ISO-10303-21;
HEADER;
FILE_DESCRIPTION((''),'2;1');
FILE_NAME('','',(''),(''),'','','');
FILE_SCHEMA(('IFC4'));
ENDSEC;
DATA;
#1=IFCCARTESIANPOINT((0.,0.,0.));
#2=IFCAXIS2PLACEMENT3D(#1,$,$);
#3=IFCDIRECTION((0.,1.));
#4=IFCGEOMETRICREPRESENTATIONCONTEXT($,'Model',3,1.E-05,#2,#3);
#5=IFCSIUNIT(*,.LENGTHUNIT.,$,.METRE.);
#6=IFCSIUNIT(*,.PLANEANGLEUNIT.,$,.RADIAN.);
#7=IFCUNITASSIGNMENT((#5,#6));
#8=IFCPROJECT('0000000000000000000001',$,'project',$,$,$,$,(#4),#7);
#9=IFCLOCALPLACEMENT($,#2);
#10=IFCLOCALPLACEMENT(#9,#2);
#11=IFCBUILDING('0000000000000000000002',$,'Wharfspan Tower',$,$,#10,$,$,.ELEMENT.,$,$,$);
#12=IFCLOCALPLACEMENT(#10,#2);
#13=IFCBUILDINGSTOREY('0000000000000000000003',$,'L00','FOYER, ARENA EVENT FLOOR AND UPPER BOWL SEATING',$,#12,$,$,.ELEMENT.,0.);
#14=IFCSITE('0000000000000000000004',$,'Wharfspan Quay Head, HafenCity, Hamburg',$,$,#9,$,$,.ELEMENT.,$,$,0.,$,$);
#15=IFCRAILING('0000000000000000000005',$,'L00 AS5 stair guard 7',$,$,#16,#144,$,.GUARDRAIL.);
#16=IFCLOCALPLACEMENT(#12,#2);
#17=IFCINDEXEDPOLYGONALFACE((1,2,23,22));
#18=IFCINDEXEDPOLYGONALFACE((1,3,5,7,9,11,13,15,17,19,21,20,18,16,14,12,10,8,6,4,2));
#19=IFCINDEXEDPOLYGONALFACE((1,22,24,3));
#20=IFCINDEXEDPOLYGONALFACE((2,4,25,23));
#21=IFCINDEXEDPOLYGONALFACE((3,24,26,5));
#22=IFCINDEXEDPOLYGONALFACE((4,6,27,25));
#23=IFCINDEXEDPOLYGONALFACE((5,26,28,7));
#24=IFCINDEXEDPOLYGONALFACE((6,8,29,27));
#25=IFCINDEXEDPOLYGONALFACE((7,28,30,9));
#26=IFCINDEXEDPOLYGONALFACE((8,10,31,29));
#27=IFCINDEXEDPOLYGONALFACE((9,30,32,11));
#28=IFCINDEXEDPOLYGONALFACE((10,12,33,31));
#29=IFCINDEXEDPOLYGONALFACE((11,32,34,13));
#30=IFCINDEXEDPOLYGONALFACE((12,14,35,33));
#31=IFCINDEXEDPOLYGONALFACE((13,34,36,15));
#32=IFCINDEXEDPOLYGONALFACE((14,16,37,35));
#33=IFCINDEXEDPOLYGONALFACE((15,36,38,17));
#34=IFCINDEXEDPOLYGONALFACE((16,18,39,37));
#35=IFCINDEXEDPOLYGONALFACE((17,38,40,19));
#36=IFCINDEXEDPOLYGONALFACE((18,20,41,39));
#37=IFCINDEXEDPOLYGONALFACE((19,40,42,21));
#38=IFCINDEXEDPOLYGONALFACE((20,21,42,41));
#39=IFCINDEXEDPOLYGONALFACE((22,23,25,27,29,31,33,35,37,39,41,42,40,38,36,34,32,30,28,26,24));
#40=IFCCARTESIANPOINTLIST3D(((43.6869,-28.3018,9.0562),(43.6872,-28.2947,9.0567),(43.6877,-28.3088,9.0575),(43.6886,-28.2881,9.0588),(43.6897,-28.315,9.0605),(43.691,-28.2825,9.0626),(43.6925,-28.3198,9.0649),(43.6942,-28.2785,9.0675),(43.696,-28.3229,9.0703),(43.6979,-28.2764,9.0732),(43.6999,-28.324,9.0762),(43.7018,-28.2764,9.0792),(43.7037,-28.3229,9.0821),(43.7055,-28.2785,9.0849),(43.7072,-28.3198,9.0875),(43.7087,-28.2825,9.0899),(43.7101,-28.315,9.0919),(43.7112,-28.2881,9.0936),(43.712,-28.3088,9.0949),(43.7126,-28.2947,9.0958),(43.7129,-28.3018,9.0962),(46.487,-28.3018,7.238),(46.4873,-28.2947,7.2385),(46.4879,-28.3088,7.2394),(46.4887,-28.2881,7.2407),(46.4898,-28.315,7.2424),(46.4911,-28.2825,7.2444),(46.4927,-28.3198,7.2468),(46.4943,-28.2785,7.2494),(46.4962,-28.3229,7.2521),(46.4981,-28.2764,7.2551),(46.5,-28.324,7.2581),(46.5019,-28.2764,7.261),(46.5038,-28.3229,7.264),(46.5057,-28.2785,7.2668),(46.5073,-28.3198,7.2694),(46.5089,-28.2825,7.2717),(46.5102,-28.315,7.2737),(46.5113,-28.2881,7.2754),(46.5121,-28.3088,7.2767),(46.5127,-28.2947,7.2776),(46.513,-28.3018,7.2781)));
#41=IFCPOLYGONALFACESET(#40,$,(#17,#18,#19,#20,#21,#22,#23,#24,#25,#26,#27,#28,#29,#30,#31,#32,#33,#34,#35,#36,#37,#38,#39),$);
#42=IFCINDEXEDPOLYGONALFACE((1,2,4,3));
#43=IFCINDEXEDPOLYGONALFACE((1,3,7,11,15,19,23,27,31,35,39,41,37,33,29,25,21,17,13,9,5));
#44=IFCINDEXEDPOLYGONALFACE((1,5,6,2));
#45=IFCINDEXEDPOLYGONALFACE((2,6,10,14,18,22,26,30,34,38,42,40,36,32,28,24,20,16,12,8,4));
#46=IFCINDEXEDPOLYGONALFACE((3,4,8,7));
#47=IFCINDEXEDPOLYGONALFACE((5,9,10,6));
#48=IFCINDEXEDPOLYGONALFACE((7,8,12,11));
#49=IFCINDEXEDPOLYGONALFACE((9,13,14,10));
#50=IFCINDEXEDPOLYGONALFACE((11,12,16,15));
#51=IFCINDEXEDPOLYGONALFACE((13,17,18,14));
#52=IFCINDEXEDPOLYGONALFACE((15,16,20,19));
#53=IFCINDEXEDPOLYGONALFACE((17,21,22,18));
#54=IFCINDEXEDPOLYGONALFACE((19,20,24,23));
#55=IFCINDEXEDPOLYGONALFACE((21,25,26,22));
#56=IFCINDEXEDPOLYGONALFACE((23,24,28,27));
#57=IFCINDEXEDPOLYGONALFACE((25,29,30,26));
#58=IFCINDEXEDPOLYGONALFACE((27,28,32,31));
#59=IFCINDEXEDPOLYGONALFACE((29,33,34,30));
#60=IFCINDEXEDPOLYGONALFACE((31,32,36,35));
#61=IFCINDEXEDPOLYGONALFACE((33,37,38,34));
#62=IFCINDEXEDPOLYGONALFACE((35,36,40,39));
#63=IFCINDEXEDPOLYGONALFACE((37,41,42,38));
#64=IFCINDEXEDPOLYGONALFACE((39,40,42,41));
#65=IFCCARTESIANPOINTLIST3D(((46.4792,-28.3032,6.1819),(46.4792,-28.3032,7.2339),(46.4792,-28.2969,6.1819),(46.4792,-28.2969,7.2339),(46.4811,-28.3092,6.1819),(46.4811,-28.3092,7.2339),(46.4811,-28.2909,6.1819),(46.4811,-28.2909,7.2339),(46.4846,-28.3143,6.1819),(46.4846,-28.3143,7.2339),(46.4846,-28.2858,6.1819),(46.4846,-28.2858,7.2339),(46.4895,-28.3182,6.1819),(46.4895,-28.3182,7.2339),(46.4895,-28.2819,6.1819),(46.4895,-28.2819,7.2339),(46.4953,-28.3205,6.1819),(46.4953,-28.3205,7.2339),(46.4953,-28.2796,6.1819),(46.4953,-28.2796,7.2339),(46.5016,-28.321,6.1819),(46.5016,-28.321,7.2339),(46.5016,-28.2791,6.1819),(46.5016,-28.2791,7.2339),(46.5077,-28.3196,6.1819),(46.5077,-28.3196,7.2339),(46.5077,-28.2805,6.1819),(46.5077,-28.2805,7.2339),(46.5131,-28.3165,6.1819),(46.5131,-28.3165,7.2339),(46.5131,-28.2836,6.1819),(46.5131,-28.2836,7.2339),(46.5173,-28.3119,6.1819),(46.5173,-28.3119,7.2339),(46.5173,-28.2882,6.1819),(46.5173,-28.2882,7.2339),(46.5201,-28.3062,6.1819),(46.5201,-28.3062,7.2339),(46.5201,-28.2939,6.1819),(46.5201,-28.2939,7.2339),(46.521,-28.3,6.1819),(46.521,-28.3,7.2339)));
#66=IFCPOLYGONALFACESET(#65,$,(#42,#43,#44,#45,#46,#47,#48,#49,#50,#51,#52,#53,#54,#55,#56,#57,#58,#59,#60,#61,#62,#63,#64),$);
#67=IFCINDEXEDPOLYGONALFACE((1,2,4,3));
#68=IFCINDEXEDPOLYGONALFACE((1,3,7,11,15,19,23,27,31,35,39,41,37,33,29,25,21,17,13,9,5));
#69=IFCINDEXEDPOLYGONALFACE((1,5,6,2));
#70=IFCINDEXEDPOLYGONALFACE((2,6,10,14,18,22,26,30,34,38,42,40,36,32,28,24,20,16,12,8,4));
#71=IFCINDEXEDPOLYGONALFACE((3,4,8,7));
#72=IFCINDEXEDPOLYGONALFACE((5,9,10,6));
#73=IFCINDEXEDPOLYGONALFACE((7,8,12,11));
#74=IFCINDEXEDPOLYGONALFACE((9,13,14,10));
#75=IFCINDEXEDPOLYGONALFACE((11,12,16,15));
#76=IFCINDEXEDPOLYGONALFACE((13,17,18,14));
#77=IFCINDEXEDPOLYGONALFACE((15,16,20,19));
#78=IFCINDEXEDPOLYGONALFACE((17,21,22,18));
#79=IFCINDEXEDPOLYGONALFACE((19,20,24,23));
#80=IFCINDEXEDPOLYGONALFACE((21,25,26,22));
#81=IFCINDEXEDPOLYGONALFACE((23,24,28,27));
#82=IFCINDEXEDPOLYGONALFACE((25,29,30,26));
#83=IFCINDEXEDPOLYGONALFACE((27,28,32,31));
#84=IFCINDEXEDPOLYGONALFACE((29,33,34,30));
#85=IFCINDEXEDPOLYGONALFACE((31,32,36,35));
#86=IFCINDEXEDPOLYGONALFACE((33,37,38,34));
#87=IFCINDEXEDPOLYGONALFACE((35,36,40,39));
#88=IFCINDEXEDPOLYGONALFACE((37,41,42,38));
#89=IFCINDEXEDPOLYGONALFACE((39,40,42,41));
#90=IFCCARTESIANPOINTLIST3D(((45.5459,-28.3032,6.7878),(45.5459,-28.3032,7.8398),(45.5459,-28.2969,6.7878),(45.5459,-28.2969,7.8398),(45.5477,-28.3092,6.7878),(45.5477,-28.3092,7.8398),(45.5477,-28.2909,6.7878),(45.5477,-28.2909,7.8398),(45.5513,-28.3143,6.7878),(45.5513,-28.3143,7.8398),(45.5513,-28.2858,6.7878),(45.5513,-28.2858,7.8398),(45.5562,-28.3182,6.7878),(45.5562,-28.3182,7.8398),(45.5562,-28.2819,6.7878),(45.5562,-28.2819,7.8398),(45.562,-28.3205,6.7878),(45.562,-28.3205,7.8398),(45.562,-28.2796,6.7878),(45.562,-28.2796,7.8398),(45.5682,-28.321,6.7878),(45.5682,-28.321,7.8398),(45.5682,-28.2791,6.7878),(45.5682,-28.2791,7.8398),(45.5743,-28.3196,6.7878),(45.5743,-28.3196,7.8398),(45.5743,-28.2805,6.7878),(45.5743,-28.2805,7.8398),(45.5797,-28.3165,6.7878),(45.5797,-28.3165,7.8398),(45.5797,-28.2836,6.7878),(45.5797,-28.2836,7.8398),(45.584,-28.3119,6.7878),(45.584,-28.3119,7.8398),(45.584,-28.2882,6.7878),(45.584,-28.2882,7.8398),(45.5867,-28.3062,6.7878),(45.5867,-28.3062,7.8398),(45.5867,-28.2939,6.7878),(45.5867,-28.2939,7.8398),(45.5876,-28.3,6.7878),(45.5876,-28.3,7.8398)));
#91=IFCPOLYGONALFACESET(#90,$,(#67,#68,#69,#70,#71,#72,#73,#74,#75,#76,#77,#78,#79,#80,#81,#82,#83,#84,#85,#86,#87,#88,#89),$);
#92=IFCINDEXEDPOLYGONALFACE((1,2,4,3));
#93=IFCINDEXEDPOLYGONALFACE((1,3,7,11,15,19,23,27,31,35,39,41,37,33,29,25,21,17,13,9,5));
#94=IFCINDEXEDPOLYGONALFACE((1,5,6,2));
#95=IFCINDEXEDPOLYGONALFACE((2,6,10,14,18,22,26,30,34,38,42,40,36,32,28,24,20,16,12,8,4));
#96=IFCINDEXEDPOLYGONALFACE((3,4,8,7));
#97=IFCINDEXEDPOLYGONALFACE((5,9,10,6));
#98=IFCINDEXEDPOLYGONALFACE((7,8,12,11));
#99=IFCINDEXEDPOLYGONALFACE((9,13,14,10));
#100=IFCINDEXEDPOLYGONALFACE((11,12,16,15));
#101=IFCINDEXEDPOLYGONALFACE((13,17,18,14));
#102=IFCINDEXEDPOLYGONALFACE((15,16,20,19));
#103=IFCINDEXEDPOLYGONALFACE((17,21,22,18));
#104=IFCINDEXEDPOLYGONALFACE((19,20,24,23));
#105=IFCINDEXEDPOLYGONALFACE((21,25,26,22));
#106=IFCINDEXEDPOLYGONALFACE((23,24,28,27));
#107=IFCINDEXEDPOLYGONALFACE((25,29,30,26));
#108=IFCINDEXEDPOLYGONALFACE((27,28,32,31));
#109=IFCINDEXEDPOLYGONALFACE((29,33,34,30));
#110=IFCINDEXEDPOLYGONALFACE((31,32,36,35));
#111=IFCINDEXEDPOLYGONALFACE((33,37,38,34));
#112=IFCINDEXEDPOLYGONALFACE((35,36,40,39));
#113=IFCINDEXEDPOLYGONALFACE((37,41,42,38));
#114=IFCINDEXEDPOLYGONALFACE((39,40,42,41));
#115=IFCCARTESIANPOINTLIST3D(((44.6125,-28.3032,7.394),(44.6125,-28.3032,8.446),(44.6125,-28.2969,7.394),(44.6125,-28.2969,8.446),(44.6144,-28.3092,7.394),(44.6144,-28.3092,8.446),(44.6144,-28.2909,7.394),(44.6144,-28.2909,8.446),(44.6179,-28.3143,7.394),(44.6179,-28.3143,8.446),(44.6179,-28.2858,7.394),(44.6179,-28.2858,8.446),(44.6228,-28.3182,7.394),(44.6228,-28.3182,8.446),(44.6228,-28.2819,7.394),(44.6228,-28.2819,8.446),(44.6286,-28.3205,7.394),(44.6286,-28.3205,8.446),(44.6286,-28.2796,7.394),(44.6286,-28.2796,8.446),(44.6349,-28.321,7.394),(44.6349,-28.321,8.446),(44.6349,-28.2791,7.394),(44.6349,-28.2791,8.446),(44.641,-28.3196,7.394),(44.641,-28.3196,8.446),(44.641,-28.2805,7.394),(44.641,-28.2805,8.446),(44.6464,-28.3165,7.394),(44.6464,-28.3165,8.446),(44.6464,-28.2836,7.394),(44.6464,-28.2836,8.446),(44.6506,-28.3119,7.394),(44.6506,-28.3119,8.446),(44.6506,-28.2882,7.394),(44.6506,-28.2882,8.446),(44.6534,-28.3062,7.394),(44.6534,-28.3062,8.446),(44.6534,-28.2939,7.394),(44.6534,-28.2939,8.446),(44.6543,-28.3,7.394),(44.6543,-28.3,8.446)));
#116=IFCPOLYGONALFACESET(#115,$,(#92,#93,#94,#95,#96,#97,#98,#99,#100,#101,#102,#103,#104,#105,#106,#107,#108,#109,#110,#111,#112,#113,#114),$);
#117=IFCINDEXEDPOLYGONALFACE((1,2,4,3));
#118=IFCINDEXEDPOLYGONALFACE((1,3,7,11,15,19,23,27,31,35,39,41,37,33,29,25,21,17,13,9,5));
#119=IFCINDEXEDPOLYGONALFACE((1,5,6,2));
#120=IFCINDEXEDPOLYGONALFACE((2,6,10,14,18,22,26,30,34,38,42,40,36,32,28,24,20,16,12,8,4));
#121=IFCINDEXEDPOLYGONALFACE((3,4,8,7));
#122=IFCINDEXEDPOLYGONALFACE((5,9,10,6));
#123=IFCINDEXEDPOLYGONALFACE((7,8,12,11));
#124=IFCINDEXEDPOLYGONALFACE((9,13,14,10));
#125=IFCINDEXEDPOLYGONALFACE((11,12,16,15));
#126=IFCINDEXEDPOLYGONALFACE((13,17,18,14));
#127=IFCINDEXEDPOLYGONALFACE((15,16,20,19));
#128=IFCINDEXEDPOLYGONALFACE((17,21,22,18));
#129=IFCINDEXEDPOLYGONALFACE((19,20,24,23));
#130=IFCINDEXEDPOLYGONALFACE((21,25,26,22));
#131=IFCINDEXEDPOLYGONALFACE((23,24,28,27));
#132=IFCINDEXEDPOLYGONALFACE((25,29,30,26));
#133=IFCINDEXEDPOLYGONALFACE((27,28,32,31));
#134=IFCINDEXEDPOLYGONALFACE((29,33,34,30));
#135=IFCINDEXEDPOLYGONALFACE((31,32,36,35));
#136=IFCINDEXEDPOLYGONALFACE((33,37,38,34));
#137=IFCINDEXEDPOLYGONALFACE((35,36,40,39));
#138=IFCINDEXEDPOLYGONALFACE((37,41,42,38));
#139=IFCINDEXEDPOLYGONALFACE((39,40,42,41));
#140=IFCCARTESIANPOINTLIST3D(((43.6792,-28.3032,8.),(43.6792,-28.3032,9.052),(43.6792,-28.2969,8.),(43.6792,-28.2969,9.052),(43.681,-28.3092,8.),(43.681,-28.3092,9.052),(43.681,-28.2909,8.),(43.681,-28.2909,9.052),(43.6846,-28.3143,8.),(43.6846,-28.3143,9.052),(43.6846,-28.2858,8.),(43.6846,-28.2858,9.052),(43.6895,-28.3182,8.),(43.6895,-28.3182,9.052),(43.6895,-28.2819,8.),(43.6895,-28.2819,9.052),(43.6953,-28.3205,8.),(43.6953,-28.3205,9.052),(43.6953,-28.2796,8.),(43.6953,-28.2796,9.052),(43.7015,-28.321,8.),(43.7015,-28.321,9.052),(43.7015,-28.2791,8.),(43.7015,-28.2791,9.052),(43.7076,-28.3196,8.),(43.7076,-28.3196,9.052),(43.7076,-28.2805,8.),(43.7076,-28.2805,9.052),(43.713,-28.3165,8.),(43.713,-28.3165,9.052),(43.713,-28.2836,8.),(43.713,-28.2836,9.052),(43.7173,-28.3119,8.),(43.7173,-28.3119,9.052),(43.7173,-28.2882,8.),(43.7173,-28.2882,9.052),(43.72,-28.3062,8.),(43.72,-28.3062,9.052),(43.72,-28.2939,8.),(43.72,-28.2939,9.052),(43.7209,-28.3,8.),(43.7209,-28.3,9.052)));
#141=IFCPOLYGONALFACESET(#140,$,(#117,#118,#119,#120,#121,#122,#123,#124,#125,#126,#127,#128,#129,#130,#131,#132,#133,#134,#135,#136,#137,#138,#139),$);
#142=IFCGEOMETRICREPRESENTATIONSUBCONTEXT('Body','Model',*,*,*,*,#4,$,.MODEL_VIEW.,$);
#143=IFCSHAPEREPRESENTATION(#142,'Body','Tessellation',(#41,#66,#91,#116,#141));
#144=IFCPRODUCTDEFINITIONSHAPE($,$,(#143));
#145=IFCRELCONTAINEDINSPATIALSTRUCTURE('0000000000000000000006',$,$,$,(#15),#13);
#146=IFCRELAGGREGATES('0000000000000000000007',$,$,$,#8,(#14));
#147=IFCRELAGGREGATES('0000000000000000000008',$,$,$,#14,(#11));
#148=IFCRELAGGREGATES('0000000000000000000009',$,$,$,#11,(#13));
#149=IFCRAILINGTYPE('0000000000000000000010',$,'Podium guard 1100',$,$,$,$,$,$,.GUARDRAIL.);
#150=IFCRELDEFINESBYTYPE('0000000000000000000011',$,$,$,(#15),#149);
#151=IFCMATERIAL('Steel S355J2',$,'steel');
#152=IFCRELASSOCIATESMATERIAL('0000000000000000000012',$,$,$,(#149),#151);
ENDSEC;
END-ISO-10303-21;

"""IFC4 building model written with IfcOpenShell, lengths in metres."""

from ifc_helpers import new_model, si_unit, direction, frame, origin, origin_2d, place, context, subcontext, project, spatial, circle, extrude, material, type_object, element, save


model = new_model("IFC4")

# Units and contexts
model_context = context("Model", 3, precision=1e-05, world=origin(), true_north=direction((0.0, 1.0)))
body_context = subcontext(model_context, "Body", "Model", "MODEL_VIEW")
ifc_project = project(units=[si_unit("LENGTHUNIT", "METRE"), si_unit("PLANEANGLEUNIT", "RADIAN")], contexts=[model_context])

# Site, building, storey
site_placement = place(None, origin())
site = spatial("IfcSite", under=ifc_project, at=site_placement, Name="Wharfspan Quay Head, HafenCity, Hamburg", CompositionType="ELEMENT", RefElevation=0.0)
building_placement = place(site_placement, origin())
building = spatial("IfcBuilding", under=site, at=building_placement, Name="Wharfspan Tower", CompositionType="ELEMENT")
storey_placement = place(building_placement, origin())
storey = spatial("IfcBuildingStorey", under=building, at=storey_placement, Name="L00", Description="FOYER, ARENA EVENT FLOOR AND UPPER BOWL SEATING", CompositionType="ELEMENT", Elevation=0.0)

# Railing
ifc_material_1 = material(Name="Steel S355J2", Category="steel")
railing_type_1 = type_object("IfcRailingType", Name="Podium guard 1100", PredefinedType="GUARDRAIL", material=ifc_material_1)
railing_1_placement = place(storey_placement, frame((46.5, -28.3, 6.1819)))
element("IfcRailing", 1, at=railing_1_placement, inside=storey, type_object=railing_type_1, Name="L00 AS5 stair guard 7", PredefinedType="GUARDRAIL", context=body_context, shape_type="SweptSolid", body=[
    extrude(circle(Radius=0.0239, at=origin_2d()), frame((0.0, 0.0, 1.0762), z_axis=(-0.838706, 0.0, 0.544585), x_axis=(0.0, -1.0, 0.0)), (0.0, 0.0, 1.0), 3.3386),
    extrude(circle(Radius=0.021, at=origin_2d()), origin(), (0.0, 0.0, 1.0), 1.052),
    extrude(circle(Radius=0.021, at=origin_2d()), frame((-0.9334, 0.0, 0.606)), (0.0, 0.0, 1.0), 1.052),
    extrude(circle(Radius=0.021, at=origin_2d()), frame((-1.8667, 0.0, 1.2122)), (0.0, 0.0, 1.0), 1.052),
    extrude(circle(Radius=0.021, at=origin_2d()), frame((-2.8, 0.0, 1.8181)), (0.0, 0.0, 1.0), 1.052),
])

save(model, "model.ifc")
